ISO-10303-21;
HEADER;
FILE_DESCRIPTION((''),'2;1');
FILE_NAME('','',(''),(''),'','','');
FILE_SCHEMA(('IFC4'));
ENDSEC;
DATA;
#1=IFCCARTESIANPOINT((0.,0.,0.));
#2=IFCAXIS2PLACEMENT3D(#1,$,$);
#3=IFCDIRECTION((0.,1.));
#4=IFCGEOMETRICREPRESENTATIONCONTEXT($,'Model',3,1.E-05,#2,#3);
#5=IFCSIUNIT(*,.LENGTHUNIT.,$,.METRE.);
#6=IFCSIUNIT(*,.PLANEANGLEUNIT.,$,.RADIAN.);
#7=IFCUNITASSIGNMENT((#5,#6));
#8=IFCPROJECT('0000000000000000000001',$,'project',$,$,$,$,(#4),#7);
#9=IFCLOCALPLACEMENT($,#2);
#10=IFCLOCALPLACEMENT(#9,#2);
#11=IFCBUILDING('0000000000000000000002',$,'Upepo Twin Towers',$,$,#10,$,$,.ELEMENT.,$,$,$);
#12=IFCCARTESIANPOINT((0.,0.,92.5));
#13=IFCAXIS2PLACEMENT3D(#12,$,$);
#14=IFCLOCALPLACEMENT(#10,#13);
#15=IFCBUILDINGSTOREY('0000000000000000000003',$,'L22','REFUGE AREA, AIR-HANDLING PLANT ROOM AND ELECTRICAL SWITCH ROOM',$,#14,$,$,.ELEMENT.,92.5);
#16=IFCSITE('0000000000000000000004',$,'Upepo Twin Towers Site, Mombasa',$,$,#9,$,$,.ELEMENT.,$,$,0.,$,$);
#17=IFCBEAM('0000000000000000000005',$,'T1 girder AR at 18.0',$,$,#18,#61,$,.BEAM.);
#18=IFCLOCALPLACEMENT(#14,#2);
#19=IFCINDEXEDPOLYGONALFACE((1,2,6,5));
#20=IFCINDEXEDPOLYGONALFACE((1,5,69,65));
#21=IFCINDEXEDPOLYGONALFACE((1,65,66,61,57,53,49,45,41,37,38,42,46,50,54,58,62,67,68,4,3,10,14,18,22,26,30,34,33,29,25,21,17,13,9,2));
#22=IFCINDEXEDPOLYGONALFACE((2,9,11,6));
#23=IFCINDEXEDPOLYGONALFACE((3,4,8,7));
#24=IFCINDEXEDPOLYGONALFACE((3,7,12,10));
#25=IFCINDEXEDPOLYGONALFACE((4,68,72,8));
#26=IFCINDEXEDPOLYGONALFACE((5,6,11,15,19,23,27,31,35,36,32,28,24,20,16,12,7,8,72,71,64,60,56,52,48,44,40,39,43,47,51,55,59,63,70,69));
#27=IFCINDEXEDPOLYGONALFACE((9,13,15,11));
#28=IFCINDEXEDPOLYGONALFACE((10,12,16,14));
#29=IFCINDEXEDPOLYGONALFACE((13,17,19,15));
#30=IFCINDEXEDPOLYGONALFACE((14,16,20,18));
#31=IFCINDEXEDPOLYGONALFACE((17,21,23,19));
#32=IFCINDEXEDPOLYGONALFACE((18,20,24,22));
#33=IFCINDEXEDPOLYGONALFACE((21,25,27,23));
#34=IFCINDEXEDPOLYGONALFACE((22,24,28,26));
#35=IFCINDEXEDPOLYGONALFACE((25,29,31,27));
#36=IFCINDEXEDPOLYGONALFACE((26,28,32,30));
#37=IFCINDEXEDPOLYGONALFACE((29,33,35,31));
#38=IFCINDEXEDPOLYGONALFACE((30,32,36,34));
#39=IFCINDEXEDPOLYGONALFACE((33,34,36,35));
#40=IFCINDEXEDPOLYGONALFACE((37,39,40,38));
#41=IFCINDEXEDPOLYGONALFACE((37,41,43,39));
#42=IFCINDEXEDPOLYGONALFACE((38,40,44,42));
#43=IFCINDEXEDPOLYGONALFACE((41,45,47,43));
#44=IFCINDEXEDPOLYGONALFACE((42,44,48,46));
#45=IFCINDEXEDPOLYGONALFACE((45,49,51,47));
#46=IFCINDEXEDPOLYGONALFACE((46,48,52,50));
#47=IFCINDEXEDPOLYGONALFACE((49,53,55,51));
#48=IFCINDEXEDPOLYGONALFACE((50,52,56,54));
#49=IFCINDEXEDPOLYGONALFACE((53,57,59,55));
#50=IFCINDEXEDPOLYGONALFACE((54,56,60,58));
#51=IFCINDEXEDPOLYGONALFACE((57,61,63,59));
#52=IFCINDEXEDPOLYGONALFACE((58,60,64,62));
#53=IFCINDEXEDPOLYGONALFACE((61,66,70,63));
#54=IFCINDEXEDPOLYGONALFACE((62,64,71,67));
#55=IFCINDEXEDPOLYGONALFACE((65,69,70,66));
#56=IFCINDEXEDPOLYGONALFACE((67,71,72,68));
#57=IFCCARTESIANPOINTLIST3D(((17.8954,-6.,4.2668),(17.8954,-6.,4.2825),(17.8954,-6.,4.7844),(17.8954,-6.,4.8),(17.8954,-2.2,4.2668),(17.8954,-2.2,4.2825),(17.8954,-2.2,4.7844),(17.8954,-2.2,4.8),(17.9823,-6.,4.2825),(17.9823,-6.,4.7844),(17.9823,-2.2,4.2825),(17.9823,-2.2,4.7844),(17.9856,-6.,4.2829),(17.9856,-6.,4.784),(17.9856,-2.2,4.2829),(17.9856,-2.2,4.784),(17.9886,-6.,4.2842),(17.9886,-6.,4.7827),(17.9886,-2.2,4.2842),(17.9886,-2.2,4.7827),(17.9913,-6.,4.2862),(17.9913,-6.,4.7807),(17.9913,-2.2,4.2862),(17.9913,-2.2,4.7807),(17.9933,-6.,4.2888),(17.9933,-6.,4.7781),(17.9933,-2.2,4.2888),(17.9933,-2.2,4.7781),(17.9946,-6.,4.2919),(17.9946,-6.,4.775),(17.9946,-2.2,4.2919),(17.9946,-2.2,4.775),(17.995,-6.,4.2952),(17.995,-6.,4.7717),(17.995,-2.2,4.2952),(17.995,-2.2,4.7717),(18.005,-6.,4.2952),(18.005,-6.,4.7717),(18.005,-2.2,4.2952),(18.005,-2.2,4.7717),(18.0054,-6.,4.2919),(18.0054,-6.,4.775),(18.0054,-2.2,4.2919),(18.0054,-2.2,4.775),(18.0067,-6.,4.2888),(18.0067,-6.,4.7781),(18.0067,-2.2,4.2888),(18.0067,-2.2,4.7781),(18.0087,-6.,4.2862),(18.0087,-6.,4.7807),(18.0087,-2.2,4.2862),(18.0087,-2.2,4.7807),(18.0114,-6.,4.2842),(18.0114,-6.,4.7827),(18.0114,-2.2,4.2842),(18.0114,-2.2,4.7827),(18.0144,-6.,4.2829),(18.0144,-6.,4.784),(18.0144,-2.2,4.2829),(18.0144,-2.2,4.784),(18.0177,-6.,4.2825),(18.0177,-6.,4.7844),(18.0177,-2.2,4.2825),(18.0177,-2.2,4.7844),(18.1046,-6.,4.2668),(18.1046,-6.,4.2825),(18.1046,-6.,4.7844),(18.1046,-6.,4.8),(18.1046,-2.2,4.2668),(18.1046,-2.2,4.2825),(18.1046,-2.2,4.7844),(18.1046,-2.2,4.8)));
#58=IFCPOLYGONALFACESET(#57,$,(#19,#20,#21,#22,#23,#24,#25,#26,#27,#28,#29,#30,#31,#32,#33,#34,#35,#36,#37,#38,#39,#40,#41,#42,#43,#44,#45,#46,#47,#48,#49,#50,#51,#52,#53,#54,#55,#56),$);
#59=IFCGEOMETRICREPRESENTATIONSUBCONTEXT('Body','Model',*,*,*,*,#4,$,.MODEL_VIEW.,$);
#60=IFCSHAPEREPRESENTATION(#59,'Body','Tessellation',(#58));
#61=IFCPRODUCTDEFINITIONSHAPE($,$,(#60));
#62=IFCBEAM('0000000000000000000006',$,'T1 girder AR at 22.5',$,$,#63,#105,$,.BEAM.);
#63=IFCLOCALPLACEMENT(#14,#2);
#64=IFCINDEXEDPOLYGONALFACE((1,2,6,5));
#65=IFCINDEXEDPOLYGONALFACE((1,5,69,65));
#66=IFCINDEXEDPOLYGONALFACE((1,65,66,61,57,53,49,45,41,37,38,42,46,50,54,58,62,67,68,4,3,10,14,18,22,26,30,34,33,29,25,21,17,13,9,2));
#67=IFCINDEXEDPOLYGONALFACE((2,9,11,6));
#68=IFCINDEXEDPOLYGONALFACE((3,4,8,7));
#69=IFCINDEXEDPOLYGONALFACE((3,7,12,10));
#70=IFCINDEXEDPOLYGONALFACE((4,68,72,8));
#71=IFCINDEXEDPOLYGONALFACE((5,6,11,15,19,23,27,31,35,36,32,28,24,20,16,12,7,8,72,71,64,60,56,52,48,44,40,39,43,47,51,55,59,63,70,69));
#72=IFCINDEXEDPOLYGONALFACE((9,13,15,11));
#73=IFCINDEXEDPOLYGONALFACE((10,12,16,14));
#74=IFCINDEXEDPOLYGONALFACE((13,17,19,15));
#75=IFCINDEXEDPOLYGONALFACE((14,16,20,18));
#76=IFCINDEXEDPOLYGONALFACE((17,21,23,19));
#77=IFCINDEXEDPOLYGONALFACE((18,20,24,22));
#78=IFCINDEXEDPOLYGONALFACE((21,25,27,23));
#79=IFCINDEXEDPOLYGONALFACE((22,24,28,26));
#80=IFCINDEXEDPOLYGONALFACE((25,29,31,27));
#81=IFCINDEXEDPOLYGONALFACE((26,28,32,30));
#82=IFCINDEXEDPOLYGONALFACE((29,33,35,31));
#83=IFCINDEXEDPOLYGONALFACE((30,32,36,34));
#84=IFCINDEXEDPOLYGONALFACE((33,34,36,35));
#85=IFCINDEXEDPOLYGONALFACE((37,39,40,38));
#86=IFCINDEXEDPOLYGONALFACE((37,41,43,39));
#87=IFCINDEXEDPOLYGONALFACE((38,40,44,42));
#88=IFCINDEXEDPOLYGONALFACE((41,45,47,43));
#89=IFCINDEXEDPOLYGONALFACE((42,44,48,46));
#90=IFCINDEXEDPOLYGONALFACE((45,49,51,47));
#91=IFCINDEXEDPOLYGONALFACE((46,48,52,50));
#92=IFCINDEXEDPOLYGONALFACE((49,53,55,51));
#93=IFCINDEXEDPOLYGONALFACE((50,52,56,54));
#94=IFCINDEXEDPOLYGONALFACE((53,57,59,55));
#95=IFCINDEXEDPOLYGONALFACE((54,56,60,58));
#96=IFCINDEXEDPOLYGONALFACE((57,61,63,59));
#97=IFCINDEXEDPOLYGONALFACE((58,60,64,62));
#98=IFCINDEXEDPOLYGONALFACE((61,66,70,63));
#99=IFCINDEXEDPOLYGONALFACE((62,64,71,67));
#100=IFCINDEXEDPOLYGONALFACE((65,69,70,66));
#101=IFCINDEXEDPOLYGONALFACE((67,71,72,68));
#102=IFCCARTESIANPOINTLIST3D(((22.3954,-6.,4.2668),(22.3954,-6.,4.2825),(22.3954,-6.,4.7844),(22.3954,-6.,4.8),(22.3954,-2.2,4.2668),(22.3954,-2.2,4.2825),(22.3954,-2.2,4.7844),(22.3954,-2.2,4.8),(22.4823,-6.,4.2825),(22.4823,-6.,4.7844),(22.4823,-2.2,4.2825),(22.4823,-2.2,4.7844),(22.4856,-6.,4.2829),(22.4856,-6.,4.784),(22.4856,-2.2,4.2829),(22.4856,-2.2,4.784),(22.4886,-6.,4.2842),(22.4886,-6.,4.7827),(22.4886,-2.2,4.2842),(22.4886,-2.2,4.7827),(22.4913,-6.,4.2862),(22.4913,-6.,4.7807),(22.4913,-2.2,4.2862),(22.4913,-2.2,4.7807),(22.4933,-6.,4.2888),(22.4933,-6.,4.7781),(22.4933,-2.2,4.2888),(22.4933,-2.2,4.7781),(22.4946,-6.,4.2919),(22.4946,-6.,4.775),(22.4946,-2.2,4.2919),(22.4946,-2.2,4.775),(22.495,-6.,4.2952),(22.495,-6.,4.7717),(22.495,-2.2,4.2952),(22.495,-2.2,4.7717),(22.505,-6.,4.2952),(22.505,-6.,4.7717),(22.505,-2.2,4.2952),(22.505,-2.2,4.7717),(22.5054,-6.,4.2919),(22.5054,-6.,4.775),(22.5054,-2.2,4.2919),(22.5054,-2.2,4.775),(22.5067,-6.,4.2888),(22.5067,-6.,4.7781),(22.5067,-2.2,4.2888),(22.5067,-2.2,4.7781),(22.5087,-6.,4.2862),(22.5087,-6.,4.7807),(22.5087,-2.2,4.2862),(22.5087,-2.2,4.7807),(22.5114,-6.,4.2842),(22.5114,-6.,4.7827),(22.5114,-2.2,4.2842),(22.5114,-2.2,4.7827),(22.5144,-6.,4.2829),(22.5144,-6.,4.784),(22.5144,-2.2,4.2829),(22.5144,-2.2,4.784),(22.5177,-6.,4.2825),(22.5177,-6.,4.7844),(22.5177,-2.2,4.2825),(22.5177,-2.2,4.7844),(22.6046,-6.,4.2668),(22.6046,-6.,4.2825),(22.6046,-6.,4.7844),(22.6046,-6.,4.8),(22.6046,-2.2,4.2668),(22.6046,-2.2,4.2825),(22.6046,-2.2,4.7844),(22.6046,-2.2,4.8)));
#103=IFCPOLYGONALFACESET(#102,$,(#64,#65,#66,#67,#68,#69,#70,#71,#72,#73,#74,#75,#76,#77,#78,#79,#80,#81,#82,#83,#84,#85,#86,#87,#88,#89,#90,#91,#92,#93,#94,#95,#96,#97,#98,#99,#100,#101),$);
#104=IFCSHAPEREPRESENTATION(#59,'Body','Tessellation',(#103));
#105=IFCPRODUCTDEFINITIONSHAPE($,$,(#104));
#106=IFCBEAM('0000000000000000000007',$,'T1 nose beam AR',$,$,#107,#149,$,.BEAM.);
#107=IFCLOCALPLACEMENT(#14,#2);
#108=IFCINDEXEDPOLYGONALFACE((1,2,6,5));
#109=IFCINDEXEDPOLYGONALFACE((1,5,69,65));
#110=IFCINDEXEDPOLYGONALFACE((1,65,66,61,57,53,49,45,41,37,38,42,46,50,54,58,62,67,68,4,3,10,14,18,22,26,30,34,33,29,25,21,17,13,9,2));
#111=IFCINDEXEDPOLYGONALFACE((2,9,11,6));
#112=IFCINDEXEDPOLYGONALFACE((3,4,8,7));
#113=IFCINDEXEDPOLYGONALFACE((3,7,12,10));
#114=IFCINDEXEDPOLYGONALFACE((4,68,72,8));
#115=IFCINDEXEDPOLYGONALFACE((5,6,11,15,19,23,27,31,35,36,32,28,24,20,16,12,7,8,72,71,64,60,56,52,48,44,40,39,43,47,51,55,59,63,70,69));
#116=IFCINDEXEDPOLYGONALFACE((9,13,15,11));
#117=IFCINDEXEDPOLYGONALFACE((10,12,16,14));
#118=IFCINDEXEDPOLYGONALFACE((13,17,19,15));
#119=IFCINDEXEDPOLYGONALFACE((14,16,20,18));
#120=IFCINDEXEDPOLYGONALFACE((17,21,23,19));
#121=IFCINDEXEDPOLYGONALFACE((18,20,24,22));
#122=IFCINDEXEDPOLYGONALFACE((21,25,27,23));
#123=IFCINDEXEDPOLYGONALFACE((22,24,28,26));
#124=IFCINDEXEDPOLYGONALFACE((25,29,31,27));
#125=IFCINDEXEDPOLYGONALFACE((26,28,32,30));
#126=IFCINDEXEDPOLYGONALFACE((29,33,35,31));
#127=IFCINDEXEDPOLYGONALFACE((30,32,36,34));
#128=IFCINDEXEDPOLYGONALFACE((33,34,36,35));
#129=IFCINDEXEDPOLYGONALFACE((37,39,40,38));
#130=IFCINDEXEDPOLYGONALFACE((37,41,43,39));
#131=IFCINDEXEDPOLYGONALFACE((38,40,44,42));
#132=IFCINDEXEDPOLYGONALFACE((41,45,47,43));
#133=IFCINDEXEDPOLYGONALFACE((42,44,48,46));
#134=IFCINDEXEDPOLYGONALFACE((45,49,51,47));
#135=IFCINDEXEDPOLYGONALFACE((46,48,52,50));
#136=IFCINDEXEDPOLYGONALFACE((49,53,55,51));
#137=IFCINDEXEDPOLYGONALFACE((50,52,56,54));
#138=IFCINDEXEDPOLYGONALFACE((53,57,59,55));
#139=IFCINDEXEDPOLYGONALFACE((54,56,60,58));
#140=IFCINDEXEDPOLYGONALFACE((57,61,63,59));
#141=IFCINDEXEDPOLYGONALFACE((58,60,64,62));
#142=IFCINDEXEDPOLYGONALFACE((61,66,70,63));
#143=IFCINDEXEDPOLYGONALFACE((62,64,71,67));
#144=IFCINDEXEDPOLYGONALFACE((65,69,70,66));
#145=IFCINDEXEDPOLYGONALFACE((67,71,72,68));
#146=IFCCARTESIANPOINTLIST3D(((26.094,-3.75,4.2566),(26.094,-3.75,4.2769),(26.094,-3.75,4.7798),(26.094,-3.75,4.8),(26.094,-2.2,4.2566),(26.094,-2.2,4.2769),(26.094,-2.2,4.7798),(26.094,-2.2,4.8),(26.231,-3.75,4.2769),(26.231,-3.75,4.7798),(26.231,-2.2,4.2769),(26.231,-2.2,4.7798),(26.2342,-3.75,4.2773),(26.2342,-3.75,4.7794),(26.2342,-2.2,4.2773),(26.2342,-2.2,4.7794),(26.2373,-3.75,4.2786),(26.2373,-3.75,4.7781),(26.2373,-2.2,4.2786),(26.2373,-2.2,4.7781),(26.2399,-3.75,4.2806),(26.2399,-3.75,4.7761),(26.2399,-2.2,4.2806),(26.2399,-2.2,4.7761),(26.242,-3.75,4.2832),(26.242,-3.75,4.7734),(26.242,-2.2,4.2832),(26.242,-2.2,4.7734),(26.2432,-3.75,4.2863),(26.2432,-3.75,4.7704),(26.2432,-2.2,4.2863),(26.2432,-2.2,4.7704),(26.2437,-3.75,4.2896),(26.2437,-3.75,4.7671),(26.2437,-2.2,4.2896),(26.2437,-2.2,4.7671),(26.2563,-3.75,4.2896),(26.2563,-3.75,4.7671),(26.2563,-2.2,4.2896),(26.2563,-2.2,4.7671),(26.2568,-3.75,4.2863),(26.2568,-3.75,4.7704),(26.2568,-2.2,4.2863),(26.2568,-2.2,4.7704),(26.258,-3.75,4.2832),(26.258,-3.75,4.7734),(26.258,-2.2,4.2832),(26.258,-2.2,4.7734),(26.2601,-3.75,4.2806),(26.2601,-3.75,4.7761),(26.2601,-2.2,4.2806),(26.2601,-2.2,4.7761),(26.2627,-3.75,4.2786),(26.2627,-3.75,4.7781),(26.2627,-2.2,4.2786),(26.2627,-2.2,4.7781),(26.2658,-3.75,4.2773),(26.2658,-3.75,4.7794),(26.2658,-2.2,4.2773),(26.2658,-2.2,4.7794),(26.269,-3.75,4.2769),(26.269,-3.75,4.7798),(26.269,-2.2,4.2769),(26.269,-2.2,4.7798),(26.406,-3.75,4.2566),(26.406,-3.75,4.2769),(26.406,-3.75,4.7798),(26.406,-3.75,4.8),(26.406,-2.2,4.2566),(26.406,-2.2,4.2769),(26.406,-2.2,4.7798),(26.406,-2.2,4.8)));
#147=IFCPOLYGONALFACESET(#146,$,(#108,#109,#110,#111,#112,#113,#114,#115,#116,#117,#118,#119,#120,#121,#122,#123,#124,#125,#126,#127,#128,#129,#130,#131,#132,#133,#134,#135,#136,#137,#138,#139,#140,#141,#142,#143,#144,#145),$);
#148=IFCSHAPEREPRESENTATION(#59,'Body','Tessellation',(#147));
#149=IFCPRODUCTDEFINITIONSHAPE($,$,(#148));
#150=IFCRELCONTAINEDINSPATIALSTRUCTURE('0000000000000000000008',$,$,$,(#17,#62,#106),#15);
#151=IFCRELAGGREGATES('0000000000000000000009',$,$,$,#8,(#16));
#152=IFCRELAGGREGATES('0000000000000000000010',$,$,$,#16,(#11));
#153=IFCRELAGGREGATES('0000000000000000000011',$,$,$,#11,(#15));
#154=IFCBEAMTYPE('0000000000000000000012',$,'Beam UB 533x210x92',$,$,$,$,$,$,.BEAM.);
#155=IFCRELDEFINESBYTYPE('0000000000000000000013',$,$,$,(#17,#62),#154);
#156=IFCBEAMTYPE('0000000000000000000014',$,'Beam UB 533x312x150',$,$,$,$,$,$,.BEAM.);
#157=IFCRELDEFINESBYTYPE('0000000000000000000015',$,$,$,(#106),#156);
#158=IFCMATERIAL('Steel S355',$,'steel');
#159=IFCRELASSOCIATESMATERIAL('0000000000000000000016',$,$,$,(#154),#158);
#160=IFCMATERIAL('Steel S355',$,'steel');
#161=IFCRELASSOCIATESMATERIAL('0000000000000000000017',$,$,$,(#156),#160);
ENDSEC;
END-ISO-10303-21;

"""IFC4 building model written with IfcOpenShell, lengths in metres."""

from ifc_helpers import new_model, si_unit, direction, frame, origin, origin_2d, place, context, subcontext, project, spatial, i_section, extrude, material, material_profile, profile_set, type_object, element, save


model = new_model("IFC4")

# Units and contexts
model_context = context("Model", 3, precision=1e-05, world=origin(), true_north=direction((0.0, 1.0)))
body_context = subcontext(model_context, "Body", "Model", "MODEL_VIEW")
ifc_project = project(units=[si_unit("LENGTHUNIT", "METRE"), si_unit("PLANEANGLEUNIT", "RADIAN")], contexts=[model_context])

# Site, building, storey
site_placement = place(None, origin())
site = spatial("IfcSite", under=ifc_project, at=site_placement, Name="Upepo Twin Towers Site, Mombasa", CompositionType="ELEMENT", RefElevation=0.0)
building_placement = place(site_placement, origin())
building = spatial("IfcBuilding", under=site, at=building_placement, Name="Upepo Twin Towers", CompositionType="ELEMENT")
storey_placement = place(building_placement, frame((0.0, 0.0, 92.5)))
storey = spatial("IfcBuildingStorey", under=building, at=storey_placement, Name="L22", Description="REFUGE AREA, AIR-HANDLING PLANT ROOM AND ELECTRICAL SWITCH ROOM", CompositionType="ELEMENT", Elevation=92.5)

# Beams
ifc_material_1 = material(Name="Steel S355", Category="steel")
ifc_material_profile_1 = material_profile(ifc_material_1, i_section(OverallWidth=0.2092, OverallDepth=0.5332, WebThickness=0.01, FlangeThickness=0.0156, FilletRadius=0.0127, at=origin_2d()), Name="UB 533x210x92")
ifc_profile_set_1 = profile_set([ifc_material_profile_1], Name="Steel S355")
beam_type_1 = type_object("IfcBeamType", Name="Beam UB 533x210x92", PredefinedType="BEAM", material=ifc_profile_set_1)
for number, where, z_axis, x_axis, name in (
    (1, (18.0, -6.0, 4.5334), (0.0, 1.0, 0.0), (-1.0, 0.0, 0.0), "T1 girder AR at 18.0"),
    (2, (22.5, -6.0, 4.5334), (0.0, 1.0, 0.0), (-1.0, 0.0, 0.0), "T1 girder AR at 22.5"),
):
    element("IfcBeam", number, at=place(storey_placement, frame(where, z_axis=z_axis, x_axis=x_axis)), inside=storey, type_object=beam_type_1, Name=name, PredefinedType="BEAM", context=body_context, shape_type="SweptSolid", body=[
        extrude(i_section(OverallWidth=0.2092, OverallDepth=0.5332, WebThickness=0.01, FlangeThickness=0.0156, FilletRadius=0.0127, at=origin_2d()), origin(), (0.0, 0.0, 1.0), 3.8),
    ])
ifc_material_2 = material(Name="Steel S355", Category="steel")
ifc_material_profile_2 = material_profile(ifc_material_2, i_section(OverallWidth=0.312, OverallDepth=0.5435, WebThickness=0.0127, FlangeThickness=0.0203, FilletRadius=0.0127, at=origin_2d()), Name="UB 533x312x150")
ifc_profile_set_2 = profile_set([ifc_material_profile_2], Name="Steel S355")
beam_type_2 = type_object("IfcBeamType", Name="Beam UB 533x312x150", PredefinedType="BEAM", material=ifc_profile_set_2)
beam_1_placement = place(storey_placement, frame((26.25, -3.75, 4.5283), z_axis=(0.0, 1.0, 0.0), x_axis=(-1.0, 0.0, 0.0)))
element("IfcBeam", 3, at=beam_1_placement, inside=storey, type_object=beam_type_2, Name="T1 nose beam AR", PredefinedType="BEAM", context=body_context, shape_type="SweptSolid", body=[
    extrude(i_section(OverallWidth=0.312, OverallDepth=0.5435, WebThickness=0.0127, FlangeThickness=0.0203, FilletRadius=0.0127, at=origin_2d()), origin(), (0.0, 0.0, 1.0), 1.55),
])

save(model, "model.ifc")
